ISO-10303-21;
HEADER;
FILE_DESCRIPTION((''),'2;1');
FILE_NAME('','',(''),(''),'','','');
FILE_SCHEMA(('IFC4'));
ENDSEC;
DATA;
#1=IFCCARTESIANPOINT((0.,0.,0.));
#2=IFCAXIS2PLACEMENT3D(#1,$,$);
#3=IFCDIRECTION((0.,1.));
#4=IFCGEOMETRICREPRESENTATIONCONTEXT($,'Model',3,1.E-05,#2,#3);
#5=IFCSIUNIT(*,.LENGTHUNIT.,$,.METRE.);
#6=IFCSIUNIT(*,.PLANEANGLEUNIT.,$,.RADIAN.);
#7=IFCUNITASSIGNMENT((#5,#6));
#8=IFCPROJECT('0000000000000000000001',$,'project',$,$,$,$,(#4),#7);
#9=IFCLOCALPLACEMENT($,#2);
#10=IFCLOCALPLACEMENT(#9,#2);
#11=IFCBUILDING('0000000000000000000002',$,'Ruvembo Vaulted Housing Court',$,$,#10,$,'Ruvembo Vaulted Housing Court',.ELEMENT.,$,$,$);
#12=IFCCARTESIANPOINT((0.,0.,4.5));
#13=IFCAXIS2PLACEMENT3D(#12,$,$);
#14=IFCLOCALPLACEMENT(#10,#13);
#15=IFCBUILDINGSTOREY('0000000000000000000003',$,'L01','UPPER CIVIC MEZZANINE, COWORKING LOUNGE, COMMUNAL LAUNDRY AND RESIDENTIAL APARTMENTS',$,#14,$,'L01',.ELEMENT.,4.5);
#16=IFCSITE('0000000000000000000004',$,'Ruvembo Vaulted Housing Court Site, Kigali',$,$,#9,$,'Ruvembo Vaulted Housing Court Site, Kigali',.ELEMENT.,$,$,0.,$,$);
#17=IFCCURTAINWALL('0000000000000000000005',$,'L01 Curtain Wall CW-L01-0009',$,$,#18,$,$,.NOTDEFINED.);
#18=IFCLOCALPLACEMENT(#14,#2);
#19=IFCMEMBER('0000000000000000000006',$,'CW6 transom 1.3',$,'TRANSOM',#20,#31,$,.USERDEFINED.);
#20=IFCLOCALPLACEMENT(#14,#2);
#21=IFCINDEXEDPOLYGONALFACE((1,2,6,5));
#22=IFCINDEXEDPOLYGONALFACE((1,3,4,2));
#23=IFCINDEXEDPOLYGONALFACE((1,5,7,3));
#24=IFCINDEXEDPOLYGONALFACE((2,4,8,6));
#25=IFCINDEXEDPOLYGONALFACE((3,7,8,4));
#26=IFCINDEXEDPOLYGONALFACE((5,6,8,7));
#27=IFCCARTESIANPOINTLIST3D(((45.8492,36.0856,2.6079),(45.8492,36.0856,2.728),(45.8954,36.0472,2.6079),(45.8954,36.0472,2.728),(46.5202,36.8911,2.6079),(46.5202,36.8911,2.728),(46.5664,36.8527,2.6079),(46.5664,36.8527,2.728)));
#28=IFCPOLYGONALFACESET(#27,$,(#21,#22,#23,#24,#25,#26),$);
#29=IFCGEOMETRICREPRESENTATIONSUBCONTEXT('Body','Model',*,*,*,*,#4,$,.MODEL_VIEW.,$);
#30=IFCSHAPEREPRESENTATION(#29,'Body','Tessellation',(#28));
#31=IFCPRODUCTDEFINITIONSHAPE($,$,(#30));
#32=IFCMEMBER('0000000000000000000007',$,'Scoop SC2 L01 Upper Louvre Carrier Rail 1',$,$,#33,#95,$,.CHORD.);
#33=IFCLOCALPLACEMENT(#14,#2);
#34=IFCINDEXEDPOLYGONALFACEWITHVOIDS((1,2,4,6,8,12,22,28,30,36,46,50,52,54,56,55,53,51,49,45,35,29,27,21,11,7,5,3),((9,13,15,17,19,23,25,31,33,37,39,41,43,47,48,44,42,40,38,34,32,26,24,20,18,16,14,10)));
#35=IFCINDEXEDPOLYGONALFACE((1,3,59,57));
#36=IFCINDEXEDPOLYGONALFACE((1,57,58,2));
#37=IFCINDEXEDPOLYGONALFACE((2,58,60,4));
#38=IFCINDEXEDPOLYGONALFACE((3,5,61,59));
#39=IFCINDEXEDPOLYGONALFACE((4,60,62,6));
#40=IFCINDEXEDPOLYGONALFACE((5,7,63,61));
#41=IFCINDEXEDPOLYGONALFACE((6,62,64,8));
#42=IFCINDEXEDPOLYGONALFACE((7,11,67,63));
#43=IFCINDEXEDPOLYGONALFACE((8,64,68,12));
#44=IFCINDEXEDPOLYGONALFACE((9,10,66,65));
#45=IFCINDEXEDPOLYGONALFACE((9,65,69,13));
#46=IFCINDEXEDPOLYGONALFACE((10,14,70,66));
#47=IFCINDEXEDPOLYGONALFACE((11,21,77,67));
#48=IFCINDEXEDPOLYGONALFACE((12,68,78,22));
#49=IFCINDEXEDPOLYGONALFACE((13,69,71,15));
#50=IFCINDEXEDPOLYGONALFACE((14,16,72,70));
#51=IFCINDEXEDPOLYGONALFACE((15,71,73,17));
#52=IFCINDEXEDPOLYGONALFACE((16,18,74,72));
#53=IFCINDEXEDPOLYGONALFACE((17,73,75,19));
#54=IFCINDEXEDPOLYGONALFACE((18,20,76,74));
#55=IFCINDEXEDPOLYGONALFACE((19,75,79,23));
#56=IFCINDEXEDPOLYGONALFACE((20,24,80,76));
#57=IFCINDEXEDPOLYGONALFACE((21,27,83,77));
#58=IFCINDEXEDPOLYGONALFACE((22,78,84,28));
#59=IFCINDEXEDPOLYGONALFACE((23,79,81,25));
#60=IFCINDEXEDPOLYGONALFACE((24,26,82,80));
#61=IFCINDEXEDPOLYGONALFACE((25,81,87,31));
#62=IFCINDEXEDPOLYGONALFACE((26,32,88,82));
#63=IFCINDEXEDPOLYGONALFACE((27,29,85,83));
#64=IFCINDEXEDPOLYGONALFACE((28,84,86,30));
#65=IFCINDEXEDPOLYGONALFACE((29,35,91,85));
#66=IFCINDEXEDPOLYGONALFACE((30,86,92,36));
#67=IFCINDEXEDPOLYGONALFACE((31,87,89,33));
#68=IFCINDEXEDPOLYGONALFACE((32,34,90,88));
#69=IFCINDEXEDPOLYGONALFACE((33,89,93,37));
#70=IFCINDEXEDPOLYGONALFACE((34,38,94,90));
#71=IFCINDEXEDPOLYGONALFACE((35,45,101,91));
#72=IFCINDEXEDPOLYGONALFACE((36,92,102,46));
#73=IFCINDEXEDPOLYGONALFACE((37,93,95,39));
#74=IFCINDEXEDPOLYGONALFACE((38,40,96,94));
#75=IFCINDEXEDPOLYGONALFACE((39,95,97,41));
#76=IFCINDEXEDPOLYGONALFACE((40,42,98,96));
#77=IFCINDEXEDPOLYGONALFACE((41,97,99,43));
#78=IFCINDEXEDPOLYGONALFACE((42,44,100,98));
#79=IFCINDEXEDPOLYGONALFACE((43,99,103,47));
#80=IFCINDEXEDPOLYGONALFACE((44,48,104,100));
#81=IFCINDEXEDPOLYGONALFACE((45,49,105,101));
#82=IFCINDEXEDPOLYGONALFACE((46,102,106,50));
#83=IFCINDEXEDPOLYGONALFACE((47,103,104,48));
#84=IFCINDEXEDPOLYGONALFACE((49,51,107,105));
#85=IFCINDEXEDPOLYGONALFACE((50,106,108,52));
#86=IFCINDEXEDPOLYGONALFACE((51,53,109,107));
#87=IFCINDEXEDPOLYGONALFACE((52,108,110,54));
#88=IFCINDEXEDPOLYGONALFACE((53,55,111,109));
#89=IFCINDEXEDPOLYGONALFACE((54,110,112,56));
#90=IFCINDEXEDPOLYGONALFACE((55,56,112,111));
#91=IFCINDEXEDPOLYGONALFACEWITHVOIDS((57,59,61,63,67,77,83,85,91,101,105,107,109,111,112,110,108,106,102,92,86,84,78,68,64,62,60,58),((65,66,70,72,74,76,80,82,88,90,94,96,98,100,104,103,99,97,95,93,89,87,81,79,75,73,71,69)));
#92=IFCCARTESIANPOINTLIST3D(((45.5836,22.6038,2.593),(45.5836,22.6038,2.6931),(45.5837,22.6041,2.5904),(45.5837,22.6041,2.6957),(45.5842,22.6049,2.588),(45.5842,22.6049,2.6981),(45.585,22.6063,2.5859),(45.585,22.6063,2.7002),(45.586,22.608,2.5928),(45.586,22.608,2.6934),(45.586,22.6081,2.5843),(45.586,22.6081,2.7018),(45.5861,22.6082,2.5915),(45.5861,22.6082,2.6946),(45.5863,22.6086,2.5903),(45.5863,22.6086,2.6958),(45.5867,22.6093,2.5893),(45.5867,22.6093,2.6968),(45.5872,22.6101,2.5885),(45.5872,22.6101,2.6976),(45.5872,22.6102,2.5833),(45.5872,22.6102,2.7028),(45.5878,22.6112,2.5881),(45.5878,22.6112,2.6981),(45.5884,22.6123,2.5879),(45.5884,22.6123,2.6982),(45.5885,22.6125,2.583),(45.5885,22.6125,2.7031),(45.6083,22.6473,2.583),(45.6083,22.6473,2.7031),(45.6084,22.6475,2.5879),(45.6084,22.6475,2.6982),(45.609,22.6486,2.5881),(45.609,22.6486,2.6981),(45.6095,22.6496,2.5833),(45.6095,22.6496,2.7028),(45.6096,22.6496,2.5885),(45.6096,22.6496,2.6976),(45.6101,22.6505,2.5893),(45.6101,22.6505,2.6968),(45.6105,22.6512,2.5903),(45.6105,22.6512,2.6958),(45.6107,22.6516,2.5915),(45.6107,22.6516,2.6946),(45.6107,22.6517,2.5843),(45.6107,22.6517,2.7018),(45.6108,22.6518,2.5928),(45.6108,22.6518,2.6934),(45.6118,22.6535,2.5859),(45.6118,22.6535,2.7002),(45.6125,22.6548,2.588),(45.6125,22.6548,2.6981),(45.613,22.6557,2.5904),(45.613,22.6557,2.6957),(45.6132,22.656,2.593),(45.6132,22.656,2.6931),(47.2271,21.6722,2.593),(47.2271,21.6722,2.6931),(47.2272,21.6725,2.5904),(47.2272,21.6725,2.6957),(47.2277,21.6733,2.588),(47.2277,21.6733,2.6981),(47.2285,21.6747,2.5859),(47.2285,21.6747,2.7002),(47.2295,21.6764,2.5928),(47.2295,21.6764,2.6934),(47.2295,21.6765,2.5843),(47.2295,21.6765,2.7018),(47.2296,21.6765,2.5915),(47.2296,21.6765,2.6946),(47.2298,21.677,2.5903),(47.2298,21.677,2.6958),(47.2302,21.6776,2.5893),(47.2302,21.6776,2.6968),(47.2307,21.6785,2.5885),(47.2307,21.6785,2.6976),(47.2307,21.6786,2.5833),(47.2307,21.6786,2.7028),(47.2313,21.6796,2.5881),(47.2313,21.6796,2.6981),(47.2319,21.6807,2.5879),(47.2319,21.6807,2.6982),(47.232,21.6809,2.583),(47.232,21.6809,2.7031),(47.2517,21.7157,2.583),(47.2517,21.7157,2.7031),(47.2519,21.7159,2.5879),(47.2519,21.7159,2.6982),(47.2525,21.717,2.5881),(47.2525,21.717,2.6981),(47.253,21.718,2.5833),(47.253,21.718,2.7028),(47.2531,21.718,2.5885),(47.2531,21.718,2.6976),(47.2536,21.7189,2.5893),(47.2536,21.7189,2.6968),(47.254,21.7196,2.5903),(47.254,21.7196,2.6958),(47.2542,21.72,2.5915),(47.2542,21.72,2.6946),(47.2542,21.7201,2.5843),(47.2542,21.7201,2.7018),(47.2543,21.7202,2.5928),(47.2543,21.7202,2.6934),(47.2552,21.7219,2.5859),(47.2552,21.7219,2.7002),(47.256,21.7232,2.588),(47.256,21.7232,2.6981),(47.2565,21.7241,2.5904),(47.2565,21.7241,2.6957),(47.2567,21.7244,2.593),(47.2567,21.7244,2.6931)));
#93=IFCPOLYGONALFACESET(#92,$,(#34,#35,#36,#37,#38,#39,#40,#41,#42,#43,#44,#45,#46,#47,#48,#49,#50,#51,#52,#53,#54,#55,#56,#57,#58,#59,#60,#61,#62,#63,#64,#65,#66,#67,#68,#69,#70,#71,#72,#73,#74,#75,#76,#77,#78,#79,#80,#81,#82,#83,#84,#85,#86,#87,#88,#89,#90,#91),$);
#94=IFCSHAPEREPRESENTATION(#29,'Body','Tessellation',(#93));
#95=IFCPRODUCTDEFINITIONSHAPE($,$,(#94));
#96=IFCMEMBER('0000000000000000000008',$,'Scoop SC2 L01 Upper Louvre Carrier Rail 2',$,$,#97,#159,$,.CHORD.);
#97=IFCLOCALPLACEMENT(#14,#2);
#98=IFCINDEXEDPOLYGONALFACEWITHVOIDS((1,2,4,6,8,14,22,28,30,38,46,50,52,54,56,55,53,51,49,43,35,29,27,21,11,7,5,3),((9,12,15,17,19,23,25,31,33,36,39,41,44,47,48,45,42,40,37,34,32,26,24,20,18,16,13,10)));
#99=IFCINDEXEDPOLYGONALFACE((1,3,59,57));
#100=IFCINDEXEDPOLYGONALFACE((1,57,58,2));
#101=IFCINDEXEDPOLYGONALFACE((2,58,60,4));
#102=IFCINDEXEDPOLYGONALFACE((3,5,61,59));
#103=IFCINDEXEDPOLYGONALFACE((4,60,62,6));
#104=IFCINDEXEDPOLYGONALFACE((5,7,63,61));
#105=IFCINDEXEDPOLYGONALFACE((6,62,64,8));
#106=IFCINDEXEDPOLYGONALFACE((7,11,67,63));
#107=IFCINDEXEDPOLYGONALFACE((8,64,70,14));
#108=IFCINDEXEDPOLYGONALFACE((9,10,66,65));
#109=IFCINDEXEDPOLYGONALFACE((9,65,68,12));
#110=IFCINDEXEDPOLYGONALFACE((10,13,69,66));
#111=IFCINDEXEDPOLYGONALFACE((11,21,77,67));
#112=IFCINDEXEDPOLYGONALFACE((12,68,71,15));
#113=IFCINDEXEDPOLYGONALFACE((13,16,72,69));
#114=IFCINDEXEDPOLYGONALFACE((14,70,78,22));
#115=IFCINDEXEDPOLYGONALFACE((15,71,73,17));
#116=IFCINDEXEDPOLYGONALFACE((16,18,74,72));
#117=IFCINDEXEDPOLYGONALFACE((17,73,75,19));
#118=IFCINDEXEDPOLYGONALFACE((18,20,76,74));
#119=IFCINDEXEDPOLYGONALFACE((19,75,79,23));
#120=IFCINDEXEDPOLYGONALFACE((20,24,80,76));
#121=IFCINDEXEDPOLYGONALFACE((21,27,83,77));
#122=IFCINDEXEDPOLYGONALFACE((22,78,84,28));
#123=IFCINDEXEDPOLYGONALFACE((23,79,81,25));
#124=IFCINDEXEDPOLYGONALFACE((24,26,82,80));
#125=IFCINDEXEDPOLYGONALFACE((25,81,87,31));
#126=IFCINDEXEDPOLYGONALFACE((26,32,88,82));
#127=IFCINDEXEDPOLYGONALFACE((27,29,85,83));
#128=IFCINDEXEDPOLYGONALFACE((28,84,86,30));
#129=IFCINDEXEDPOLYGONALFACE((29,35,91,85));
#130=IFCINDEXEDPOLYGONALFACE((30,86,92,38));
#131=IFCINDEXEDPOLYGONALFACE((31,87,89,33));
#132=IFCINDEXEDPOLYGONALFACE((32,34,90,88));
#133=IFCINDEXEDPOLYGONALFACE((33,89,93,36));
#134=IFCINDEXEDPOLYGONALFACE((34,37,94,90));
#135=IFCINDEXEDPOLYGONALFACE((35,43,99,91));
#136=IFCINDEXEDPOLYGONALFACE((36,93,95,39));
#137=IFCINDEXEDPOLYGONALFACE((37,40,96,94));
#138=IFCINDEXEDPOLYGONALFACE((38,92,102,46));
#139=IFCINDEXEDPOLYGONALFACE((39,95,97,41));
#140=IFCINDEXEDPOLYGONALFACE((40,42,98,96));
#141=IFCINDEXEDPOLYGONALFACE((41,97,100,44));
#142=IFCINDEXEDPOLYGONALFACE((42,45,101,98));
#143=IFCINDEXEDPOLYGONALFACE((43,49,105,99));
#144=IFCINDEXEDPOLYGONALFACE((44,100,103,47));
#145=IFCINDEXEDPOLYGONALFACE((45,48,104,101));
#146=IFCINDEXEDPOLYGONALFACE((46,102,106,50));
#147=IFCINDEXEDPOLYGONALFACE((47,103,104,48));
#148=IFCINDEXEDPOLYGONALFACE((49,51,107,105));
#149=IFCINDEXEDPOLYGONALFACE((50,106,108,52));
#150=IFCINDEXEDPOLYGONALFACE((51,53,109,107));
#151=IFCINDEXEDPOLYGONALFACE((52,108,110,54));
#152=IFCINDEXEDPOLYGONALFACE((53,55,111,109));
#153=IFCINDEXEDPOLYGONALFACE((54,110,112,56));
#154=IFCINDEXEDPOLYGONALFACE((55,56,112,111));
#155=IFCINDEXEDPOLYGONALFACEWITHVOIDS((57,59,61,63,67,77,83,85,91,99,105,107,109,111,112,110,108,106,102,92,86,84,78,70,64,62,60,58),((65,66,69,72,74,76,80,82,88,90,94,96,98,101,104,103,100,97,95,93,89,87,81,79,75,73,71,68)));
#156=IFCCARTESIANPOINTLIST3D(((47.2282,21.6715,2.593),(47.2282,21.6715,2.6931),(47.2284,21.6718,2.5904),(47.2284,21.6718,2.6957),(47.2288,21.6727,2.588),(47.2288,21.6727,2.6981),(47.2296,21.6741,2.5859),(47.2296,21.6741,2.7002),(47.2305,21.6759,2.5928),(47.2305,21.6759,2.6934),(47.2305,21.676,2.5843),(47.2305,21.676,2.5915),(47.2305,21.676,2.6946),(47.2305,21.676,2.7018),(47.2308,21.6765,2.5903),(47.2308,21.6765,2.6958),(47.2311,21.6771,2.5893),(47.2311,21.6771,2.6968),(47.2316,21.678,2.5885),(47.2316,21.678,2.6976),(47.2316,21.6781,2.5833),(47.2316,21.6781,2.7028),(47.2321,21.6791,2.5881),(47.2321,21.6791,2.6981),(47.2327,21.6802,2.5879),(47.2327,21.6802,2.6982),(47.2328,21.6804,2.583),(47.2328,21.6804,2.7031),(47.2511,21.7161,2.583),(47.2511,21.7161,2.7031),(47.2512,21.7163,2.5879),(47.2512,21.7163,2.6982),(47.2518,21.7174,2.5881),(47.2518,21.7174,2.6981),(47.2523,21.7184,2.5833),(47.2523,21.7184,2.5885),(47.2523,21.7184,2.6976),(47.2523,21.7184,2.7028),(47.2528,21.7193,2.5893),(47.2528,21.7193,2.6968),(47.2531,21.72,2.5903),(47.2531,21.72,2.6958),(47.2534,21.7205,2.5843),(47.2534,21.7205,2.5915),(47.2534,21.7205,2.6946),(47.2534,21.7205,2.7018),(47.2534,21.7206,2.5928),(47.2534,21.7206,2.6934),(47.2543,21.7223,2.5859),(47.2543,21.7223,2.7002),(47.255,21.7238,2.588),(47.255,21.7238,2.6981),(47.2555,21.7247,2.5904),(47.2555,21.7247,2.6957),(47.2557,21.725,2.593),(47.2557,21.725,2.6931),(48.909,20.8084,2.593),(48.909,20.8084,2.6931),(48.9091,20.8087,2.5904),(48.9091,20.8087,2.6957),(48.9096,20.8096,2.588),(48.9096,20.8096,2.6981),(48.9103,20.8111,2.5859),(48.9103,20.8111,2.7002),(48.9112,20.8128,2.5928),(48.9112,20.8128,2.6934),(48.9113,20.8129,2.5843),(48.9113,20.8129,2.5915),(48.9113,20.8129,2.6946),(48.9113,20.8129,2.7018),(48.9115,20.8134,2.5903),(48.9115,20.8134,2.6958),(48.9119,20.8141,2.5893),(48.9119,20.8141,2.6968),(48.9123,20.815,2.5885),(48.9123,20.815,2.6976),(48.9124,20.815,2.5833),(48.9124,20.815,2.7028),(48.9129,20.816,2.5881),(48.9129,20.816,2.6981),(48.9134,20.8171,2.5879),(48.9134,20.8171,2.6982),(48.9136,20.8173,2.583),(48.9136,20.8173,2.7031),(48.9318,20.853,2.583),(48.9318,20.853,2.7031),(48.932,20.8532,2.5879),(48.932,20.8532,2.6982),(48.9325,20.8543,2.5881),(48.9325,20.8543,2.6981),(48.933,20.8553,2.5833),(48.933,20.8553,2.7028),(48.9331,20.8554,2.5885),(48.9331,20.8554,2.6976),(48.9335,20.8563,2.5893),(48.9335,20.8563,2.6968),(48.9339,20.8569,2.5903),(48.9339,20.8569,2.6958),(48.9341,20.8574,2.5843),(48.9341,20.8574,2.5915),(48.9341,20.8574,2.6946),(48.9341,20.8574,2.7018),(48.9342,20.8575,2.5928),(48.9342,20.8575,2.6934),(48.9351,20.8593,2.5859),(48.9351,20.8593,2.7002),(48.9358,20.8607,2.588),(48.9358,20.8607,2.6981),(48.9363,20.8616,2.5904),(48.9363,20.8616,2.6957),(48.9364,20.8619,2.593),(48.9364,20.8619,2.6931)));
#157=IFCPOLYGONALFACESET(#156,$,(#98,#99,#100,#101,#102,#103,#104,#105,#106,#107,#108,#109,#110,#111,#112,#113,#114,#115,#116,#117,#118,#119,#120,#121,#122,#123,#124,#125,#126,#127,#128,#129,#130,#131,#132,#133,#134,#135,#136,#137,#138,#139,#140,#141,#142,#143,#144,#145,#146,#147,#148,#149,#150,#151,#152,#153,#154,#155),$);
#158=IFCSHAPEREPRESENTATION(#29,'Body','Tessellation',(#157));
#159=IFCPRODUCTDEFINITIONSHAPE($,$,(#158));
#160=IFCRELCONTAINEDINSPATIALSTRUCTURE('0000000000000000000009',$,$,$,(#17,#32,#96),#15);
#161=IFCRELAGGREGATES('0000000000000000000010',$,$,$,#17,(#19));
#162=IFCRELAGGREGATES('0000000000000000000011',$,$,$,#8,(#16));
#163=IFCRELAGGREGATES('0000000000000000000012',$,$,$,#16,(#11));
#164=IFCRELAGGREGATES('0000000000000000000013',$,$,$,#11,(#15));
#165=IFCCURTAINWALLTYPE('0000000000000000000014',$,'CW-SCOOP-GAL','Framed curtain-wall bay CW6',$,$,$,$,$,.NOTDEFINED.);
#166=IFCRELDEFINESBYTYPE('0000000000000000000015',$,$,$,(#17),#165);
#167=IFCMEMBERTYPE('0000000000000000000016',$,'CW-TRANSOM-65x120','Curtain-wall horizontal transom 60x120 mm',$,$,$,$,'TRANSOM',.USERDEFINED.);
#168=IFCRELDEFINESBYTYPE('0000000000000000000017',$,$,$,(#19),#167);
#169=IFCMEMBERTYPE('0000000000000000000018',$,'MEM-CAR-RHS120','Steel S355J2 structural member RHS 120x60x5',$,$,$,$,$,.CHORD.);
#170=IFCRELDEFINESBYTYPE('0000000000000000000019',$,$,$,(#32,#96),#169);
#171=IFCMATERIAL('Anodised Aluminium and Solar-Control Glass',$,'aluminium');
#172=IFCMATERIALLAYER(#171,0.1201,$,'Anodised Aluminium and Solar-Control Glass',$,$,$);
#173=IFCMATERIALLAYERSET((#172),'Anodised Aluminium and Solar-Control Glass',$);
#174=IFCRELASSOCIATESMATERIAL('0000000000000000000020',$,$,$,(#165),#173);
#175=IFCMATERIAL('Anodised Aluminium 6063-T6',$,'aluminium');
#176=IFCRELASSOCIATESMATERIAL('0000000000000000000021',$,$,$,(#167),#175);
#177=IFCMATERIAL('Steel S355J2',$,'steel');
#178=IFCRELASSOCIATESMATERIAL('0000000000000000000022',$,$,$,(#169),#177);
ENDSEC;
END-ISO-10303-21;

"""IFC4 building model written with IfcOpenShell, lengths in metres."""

from ifc_helpers import new_model, si_unit, direction, frame, origin, origin_2d, place, context, subcontext, project, spatial, rectangle, hollow_rectangle, extrude, material, layer, layer_set, material_profile, profile_set, type_object, element, aggregate, save


model = new_model("IFC4")

# Units and contexts
model_context = context("Model", 3, precision=1e-05, world=origin(), true_north=direction((0.0, 1.0)))
body_context = subcontext(model_context, "Body", "Model", "MODEL_VIEW")
ifc_project = project(units=[si_unit("LENGTHUNIT", "METRE"), si_unit("PLANEANGLEUNIT", "RADIAN")], contexts=[model_context])

# Site, building, storey
site_placement = place(None, origin())
site = spatial("IfcSite", under=ifc_project, at=site_placement, Name="Ruvembo Vaulted Housing Court Site, Kigali", LongName="Ruvembo Vaulted Housing Court Site, Kigali", CompositionType="ELEMENT", RefElevation=0.0)
building_placement = place(site_placement, origin())
building = spatial("IfcBuilding", under=site, at=building_placement, Name="Ruvembo Vaulted Housing Court", LongName="Ruvembo Vaulted Housing Court", CompositionType="ELEMENT")
storey_placement = place(building_placement, frame((0.0, 0.0, 4.5)))
storey = spatial("IfcBuildingStorey", under=building, at=storey_placement, Name="L01", Description="UPPER CIVIC MEZZANINE, COWORKING LOUNGE, COMMUNAL LAUNDRY AND RESIDENTIAL APARTMENTS", LongName="L01", CompositionType="ELEMENT", Elevation=4.5)

# Shared definitions
ifc_material_1 = material(Name="Steel S355J2", Category="steel")

# Curtain wall, member
ifc_material_2 = material(Name="Anodised Aluminium and Solar-Control Glass", Category="aluminium")
ifc_layer_1 = layer(ifc_material_2, 0.1201, Name="Anodised Aluminium and Solar-Control Glass")
ifc_layer_set_1 = layer_set([ifc_layer_1], Name="Anodised Aluminium and Solar-Control Glass")
curtain_wall_type = type_object("IfcCurtainWallType", Name="CW-SCOOP-GAL", Description="Framed curtain-wall bay CW6", PredefinedType="NOTDEFINED", material=ifc_layer_set_1)
curtain_wall_placement = place(storey_placement, origin())
curtain_wall = element("IfcCurtainWall", 1, at=curtain_wall_placement, inside=storey, type_object=curtain_wall_type, Name="L01 Curtain Wall CW-L01-0009", PredefinedType="NOTDEFINED")
ifc_material_3 = material(Name="Anodised Aluminium 6063-T6", Category="aluminium")
ifc_material_profile_1 = material_profile(ifc_material_3, rectangle(XDim=0.0601, YDim=0.1201, at=origin_2d()), Name="ALU 60x120")
ifc_profile_set_1 = profile_set([ifc_material_profile_1], Name="Anodised Aluminium 6063-T6")
member_type_1 = type_object("IfcMemberType", Name="CW-TRANSOM-65x120", Description="Curtain-wall horizontal transom 60x120 mm", ElementType="TRANSOM", PredefinedType="USERDEFINED", material=ifc_profile_set_1)
member_1_placement = place(storey_placement, frame((45.8723, 36.0664, 2.668), z_axis=(0.640024, 0.768355, 0.0), x_axis=(-0.768355, 0.640024, 0.0)))
member_1 = element("IfcMember", 2, at=member_1_placement, type_object=member_type_1, Name="CW6 transom 1.3", ObjectType="TRANSOM", PredefinedType="USERDEFINED", context=body_context, shape_type="SweptSolid", body=[
    extrude(rectangle(XDim=0.0601, YDim=0.1201, at=origin_2d()), origin(), (0.0, 0.0, 1.0), 1.0483),
])

# Members
ifc_material_profile_2 = material_profile(ifc_material_1, hollow_rectangle(XDim=0.0601, YDim=0.1201, WallThickness=0.0049, InnerFilletRadius=0.0049, OuterFilletRadius=0.01, at=origin_2d()), Name="RHS 120x60x5")
ifc_profile_set_2 = profile_set([ifc_material_profile_2], Name="Steel S355J2")
member_type_2 = type_object("IfcMemberType", Name="MEM-CAR-RHS120", Description="Steel S355J2 structural member RHS 120x60x5", PredefinedType="CHORD", material=ifc_profile_set_2)
member_2_placement = place(storey_placement, frame((45.5984, 22.6299, 2.6431), z_axis=(0.869956, -0.49313, 0.0), x_axis=(0.49313, 0.869956, 0.0)))
element("IfcMember", 3, at=member_2_placement, inside=storey, type_object=member_type_2, Name="Scoop SC2 L01 Upper Louvre Carrier Rail 1", PredefinedType="CHORD", context=body_context, shape_type="SweptSolid", body=[
    extrude(hollow_rectangle(XDim=0.0601, YDim=0.1201, WallThickness=0.0049, InnerFilletRadius=0.0049, OuterFilletRadius=0.01, at=origin_2d()), origin(), (0.0, 0.0, 1.0), 1.8892),
])
member_3_placement = place(storey_placement, frame((47.2419, 21.6982, 2.6431), z_axis=(0.889568, -0.456802, 0.0), x_axis=(0.456802, 0.889568, 0.0)))
element("IfcMember", 4, at=member_3_placement, inside=storey, type_object=member_type_2, Name="Scoop SC2 L01 Upper Louvre Carrier Rail 2", PredefinedType="CHORD", context=body_context, shape_type="SweptSolid", body=[
    extrude(hollow_rectangle(XDim=0.0601, YDim=0.1201, WallThickness=0.0049, InnerFilletRadius=0.0049, OuterFilletRadius=0.01, at=origin_2d()), origin(), (0.0, 0.0, 1.0), 1.8894),
])

aggregate(curtain_wall, [member_1])

save(model, "model.ifc")
